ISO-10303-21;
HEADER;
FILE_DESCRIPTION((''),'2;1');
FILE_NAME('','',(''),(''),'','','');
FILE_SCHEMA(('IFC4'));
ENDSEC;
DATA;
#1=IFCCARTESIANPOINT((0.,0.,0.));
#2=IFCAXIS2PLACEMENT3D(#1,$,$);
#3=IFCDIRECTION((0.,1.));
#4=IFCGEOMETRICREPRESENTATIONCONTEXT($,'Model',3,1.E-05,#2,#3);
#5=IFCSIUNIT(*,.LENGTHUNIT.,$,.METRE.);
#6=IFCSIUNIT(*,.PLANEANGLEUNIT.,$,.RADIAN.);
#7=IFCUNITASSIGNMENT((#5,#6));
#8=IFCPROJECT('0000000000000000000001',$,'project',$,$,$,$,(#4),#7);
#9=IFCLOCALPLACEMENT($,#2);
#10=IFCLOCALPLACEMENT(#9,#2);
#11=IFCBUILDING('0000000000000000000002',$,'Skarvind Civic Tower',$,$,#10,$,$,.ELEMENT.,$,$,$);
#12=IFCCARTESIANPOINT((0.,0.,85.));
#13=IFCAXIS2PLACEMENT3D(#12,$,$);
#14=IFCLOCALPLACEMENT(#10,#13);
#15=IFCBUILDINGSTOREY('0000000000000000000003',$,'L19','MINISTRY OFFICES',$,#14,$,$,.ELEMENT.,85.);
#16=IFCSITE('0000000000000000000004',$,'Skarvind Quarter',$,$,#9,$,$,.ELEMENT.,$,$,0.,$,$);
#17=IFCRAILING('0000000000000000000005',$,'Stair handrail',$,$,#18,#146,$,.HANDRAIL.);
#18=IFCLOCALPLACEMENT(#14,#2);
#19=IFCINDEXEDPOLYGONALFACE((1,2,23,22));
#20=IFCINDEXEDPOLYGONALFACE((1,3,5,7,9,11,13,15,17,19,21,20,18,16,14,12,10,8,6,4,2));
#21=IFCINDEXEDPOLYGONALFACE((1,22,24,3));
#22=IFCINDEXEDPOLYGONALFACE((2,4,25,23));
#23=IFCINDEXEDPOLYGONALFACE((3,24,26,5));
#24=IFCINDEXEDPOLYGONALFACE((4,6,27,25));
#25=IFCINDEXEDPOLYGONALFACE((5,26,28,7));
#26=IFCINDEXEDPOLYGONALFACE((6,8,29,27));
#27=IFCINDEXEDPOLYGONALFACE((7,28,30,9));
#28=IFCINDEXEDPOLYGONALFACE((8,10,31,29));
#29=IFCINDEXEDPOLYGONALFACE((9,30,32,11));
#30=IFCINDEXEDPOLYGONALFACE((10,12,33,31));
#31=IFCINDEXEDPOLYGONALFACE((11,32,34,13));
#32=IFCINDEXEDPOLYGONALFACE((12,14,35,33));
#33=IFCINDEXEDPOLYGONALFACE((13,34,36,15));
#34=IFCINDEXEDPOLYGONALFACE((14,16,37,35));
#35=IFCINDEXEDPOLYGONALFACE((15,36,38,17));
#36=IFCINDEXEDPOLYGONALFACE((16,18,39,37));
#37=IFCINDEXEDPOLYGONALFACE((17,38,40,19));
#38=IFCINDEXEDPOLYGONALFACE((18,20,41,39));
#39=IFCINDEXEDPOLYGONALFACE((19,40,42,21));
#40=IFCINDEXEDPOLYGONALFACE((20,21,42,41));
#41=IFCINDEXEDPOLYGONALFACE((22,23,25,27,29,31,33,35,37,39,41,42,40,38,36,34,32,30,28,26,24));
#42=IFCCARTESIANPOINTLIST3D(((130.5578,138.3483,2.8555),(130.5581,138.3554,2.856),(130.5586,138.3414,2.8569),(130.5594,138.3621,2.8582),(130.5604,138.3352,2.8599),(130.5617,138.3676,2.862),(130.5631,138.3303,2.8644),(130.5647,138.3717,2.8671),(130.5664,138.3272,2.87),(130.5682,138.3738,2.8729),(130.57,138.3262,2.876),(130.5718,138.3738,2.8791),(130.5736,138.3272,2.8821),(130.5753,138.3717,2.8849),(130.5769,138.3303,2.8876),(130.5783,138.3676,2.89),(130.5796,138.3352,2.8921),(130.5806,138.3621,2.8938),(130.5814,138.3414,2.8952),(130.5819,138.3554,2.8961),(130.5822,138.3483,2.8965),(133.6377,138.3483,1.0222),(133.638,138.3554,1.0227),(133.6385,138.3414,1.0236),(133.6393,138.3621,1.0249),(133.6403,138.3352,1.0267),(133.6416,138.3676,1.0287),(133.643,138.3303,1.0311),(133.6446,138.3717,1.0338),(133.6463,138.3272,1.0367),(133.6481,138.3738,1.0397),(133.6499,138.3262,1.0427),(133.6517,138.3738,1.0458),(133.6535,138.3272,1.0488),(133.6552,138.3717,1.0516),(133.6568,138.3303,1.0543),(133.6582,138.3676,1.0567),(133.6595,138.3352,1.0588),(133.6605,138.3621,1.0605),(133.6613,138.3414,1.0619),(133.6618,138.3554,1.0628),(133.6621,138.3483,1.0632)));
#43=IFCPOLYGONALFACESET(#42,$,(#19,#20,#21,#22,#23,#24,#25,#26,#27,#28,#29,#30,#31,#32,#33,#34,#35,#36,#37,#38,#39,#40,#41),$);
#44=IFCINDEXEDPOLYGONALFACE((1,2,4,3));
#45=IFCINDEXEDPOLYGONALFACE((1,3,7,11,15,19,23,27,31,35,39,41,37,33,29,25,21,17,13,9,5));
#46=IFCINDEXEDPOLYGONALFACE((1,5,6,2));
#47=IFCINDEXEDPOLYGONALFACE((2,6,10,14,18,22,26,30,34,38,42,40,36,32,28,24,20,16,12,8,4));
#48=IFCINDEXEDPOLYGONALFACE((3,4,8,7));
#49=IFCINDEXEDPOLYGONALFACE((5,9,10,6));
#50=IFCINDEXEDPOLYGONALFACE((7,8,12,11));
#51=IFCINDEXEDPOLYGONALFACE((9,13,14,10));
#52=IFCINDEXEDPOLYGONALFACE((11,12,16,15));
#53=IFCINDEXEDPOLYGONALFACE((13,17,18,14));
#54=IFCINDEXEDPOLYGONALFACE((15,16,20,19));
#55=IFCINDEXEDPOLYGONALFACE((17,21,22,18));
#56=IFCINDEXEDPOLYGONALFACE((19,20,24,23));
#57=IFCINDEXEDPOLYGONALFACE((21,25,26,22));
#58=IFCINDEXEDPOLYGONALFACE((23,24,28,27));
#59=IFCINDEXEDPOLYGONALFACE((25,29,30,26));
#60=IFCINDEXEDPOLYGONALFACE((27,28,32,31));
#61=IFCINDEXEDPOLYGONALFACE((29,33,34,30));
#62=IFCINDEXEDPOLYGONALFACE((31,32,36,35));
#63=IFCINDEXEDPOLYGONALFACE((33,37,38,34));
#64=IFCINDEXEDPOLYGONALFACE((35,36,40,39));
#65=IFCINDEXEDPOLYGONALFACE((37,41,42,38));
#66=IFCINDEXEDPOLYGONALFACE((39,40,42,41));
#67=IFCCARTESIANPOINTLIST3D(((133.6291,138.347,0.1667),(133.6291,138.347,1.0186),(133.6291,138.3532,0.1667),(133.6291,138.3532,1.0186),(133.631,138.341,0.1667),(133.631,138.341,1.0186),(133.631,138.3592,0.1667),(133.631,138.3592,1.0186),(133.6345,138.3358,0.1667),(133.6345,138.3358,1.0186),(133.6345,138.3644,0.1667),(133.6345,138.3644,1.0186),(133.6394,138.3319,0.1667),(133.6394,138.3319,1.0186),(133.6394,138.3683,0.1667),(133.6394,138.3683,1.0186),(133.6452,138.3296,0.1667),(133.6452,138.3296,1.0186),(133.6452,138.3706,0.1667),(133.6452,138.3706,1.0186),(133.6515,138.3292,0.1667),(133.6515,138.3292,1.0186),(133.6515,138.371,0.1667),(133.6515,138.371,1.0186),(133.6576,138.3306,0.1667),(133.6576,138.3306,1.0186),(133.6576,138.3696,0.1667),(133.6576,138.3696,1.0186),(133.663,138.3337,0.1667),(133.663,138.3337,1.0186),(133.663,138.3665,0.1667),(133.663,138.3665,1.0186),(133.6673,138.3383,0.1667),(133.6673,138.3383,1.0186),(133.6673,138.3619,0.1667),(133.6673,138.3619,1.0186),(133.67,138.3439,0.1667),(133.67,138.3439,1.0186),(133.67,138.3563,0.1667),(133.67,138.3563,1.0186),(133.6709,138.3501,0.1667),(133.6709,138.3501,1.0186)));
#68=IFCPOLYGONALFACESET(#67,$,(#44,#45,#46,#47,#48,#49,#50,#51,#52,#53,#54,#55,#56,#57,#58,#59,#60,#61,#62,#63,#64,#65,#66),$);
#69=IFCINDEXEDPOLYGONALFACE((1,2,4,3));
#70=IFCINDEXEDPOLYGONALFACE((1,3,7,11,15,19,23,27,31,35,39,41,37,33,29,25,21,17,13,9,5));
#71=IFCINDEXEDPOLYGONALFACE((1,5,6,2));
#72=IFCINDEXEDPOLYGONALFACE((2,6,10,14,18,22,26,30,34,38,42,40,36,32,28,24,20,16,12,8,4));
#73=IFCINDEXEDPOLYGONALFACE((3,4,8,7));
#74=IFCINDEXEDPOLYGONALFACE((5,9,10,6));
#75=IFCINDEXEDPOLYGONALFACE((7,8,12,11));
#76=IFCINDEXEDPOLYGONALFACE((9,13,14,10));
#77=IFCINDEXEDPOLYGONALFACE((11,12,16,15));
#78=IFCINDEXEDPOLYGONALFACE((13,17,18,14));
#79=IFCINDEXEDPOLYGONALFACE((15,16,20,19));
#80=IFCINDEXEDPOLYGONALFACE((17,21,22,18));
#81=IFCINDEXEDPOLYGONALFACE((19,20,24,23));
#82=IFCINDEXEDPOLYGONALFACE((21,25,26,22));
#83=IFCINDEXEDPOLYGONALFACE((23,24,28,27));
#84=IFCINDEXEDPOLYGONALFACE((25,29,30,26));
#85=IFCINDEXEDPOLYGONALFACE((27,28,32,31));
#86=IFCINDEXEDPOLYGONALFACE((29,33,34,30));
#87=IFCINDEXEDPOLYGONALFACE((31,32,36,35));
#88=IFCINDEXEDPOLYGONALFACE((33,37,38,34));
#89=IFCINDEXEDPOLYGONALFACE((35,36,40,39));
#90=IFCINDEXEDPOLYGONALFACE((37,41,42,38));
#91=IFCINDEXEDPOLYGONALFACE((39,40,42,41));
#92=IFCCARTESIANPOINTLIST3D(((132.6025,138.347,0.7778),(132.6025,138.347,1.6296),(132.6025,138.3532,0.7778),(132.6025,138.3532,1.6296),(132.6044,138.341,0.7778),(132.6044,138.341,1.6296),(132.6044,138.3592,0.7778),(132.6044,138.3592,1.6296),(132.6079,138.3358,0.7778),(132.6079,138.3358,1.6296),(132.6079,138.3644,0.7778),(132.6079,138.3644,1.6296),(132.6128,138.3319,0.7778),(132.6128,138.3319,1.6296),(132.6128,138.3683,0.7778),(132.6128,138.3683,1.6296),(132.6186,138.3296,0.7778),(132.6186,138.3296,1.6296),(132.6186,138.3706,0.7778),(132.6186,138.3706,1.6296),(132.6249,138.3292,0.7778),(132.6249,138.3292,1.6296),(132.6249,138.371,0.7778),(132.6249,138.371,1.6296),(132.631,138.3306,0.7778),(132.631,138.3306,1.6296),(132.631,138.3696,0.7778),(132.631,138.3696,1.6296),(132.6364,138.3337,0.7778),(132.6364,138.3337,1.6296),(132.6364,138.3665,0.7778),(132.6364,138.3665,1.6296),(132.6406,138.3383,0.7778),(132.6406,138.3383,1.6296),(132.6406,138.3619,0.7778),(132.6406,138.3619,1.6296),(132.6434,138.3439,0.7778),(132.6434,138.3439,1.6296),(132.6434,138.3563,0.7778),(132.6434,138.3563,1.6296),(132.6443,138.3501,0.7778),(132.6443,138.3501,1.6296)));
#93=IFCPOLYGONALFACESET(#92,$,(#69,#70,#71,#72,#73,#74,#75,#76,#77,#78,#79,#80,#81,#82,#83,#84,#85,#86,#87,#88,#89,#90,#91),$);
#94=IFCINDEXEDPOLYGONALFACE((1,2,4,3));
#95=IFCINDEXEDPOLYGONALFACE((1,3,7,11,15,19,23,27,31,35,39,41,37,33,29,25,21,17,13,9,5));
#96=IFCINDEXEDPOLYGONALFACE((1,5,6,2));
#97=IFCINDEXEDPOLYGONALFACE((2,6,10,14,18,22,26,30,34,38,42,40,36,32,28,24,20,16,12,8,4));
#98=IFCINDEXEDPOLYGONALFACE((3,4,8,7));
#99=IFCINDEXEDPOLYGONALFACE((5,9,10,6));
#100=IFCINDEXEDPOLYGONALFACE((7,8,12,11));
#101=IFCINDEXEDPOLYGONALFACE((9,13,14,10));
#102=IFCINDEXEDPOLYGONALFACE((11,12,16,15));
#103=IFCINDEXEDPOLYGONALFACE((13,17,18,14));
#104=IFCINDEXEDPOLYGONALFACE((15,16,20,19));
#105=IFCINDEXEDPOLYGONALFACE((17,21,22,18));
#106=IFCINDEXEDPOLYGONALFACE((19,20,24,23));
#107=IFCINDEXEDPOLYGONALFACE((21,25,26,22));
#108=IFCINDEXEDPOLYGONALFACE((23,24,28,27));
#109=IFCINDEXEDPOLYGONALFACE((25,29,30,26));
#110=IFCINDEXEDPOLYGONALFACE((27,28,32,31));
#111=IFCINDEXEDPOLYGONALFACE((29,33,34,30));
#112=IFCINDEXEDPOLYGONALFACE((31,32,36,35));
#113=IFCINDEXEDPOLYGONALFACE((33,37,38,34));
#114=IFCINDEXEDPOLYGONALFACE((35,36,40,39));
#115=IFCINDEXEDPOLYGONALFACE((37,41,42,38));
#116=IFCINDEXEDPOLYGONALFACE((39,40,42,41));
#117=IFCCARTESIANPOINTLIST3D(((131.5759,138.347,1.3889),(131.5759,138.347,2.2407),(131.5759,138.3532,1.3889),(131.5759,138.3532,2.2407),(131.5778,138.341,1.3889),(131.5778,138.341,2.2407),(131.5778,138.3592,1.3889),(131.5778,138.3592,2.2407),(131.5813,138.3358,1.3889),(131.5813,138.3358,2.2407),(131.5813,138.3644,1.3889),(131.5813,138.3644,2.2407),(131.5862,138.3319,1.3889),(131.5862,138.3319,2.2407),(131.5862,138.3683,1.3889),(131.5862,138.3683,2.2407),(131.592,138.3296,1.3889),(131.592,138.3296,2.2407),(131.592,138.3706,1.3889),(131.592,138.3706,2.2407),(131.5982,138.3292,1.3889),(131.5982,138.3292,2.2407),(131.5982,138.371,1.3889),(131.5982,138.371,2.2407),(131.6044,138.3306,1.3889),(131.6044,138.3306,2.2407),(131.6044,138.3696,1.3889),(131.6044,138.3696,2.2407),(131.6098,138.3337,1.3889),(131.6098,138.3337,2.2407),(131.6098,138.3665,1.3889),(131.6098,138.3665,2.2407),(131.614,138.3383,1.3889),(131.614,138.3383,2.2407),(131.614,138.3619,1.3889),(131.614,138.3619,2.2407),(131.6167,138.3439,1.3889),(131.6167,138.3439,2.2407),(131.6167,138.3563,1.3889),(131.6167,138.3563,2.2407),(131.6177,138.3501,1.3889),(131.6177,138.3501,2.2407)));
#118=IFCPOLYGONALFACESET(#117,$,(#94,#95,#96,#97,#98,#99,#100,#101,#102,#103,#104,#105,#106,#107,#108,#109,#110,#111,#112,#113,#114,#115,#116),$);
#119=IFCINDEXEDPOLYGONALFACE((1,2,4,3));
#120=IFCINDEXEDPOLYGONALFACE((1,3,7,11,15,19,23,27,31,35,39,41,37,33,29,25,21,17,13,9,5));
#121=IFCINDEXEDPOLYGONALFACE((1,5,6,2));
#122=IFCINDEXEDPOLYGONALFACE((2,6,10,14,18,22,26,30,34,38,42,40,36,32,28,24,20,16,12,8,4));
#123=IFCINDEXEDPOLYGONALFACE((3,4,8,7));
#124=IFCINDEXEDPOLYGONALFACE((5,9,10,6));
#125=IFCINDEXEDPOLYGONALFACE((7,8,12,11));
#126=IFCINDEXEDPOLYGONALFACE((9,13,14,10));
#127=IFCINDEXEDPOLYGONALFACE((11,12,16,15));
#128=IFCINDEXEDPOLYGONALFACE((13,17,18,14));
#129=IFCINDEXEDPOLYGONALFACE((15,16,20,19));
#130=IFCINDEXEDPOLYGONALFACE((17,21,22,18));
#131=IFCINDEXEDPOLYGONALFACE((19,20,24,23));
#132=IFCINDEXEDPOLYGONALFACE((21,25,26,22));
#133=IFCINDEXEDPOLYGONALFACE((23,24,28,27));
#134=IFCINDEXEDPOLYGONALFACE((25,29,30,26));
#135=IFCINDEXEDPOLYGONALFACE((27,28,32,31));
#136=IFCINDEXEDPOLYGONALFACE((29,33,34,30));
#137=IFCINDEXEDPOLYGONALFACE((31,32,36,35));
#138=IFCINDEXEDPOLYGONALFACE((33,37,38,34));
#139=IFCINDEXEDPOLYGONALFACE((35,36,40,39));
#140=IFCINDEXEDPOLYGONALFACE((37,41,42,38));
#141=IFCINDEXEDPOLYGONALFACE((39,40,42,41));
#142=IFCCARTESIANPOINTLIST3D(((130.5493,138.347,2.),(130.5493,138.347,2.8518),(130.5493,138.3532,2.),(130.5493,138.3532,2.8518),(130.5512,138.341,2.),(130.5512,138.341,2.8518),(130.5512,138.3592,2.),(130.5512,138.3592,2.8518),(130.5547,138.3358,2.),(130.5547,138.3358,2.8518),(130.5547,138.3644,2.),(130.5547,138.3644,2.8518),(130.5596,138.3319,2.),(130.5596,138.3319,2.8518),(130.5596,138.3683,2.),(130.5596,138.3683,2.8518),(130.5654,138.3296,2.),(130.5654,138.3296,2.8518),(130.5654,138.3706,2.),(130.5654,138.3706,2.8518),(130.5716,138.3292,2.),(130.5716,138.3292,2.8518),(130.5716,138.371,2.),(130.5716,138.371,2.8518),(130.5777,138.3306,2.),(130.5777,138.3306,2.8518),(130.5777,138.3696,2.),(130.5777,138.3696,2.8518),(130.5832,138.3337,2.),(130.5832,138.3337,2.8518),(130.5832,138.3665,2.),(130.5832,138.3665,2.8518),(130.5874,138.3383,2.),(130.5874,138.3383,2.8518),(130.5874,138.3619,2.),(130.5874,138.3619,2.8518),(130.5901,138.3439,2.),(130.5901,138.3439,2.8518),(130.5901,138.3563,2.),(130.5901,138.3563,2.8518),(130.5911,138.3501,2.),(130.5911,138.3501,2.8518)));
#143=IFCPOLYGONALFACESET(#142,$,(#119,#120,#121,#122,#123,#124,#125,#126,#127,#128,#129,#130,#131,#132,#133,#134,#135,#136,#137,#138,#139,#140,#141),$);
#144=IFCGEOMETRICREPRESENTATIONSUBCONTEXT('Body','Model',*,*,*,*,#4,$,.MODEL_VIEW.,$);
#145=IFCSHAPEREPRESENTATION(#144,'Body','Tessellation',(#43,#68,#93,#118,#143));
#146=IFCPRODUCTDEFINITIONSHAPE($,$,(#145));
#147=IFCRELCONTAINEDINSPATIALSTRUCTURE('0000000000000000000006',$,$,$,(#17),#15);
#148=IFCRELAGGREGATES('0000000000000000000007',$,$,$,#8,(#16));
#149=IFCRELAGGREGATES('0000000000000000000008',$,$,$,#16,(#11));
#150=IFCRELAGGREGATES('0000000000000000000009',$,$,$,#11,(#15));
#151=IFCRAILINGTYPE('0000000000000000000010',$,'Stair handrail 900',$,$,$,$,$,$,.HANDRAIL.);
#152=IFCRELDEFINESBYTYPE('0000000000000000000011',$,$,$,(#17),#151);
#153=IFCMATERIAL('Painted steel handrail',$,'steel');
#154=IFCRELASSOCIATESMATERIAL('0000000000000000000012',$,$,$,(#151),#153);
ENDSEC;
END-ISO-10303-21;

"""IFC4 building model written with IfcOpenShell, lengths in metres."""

from ifc_helpers import new_model, si_unit, direction, frame, origin, origin_2d, place, context, subcontext, project, spatial, circle, extrude, material, type_object, element, save


model = new_model("IFC4")

# Units and contexts
model_context = context("Model", 3, precision=1e-05, world=origin(), true_north=direction((0.0, 1.0)))
body_context = subcontext(model_context, "Body", "Model", "MODEL_VIEW")
ifc_project = project(units=[si_unit("LENGTHUNIT", "METRE"), si_unit("PLANEANGLEUNIT", "RADIAN")], contexts=[model_context])

# Site, building, storey
site_placement = place(None, origin())
site = spatial("IfcSite", under=ifc_project, at=site_placement, Name="Skarvind Quarter", CompositionType="ELEMENT", RefElevation=0.0)
building_placement = place(site_placement, origin())
building = spatial("IfcBuilding", under=site, at=building_placement, Name="Skarvind Civic Tower", CompositionType="ELEMENT")
storey_placement = place(building_placement, frame((0.0, 0.0, 85.0)))
storey = spatial("IfcBuildingStorey", under=building, at=storey_placement, Name="L19", Description="MINISTRY OFFICES", CompositionType="ELEMENT", Elevation=85.0)

# Railing
ifc_material_1 = material(Name="Painted steel handrail", Category="steel")
railing_type = type_object("IfcRailingType", Name="Stair handrail 900", PredefinedType="HANDRAIL", material=ifc_material_1)
railing_1_placement = place(storey_placement, frame((133.6499, 138.3501, 0.1667)))
element("IfcRailing", 1, at=railing_1_placement, inside=storey, type_object=railing_type, Name="Stair handrail", PredefinedType="HANDRAIL", context=body_context, shape_type="SweptSolid", body=[
    extrude(circle(Radius=0.0239, at=origin_2d()), frame((0.0, 0.0, 0.876), z_axis=(-0.859291, 0.0, 0.511487), x_axis=(0.0, -1.0, 0.0)), (0.0, 0.0, 1.0), 3.5842),
    extrude(circle(Radius=0.021, at=origin_2d()), origin(), (0.0, 0.0, 1.0), 0.8518),
    extrude(circle(Radius=0.021, at=origin_2d()), frame((-1.0266, 0.0, 0.6111)), (0.0, 0.0, 1.0), 0.8518),
    extrude(circle(Radius=0.021, at=origin_2d()), frame((-2.0532, 0.0, 1.2222)), (0.0, 0.0, 1.0), 0.8518),
    extrude(circle(Radius=0.021, at=origin_2d()), frame((-3.0798, 0.0, 1.8333)), (0.0, 0.0, 1.0), 0.8518),
])

save(model, "model.ifc")
